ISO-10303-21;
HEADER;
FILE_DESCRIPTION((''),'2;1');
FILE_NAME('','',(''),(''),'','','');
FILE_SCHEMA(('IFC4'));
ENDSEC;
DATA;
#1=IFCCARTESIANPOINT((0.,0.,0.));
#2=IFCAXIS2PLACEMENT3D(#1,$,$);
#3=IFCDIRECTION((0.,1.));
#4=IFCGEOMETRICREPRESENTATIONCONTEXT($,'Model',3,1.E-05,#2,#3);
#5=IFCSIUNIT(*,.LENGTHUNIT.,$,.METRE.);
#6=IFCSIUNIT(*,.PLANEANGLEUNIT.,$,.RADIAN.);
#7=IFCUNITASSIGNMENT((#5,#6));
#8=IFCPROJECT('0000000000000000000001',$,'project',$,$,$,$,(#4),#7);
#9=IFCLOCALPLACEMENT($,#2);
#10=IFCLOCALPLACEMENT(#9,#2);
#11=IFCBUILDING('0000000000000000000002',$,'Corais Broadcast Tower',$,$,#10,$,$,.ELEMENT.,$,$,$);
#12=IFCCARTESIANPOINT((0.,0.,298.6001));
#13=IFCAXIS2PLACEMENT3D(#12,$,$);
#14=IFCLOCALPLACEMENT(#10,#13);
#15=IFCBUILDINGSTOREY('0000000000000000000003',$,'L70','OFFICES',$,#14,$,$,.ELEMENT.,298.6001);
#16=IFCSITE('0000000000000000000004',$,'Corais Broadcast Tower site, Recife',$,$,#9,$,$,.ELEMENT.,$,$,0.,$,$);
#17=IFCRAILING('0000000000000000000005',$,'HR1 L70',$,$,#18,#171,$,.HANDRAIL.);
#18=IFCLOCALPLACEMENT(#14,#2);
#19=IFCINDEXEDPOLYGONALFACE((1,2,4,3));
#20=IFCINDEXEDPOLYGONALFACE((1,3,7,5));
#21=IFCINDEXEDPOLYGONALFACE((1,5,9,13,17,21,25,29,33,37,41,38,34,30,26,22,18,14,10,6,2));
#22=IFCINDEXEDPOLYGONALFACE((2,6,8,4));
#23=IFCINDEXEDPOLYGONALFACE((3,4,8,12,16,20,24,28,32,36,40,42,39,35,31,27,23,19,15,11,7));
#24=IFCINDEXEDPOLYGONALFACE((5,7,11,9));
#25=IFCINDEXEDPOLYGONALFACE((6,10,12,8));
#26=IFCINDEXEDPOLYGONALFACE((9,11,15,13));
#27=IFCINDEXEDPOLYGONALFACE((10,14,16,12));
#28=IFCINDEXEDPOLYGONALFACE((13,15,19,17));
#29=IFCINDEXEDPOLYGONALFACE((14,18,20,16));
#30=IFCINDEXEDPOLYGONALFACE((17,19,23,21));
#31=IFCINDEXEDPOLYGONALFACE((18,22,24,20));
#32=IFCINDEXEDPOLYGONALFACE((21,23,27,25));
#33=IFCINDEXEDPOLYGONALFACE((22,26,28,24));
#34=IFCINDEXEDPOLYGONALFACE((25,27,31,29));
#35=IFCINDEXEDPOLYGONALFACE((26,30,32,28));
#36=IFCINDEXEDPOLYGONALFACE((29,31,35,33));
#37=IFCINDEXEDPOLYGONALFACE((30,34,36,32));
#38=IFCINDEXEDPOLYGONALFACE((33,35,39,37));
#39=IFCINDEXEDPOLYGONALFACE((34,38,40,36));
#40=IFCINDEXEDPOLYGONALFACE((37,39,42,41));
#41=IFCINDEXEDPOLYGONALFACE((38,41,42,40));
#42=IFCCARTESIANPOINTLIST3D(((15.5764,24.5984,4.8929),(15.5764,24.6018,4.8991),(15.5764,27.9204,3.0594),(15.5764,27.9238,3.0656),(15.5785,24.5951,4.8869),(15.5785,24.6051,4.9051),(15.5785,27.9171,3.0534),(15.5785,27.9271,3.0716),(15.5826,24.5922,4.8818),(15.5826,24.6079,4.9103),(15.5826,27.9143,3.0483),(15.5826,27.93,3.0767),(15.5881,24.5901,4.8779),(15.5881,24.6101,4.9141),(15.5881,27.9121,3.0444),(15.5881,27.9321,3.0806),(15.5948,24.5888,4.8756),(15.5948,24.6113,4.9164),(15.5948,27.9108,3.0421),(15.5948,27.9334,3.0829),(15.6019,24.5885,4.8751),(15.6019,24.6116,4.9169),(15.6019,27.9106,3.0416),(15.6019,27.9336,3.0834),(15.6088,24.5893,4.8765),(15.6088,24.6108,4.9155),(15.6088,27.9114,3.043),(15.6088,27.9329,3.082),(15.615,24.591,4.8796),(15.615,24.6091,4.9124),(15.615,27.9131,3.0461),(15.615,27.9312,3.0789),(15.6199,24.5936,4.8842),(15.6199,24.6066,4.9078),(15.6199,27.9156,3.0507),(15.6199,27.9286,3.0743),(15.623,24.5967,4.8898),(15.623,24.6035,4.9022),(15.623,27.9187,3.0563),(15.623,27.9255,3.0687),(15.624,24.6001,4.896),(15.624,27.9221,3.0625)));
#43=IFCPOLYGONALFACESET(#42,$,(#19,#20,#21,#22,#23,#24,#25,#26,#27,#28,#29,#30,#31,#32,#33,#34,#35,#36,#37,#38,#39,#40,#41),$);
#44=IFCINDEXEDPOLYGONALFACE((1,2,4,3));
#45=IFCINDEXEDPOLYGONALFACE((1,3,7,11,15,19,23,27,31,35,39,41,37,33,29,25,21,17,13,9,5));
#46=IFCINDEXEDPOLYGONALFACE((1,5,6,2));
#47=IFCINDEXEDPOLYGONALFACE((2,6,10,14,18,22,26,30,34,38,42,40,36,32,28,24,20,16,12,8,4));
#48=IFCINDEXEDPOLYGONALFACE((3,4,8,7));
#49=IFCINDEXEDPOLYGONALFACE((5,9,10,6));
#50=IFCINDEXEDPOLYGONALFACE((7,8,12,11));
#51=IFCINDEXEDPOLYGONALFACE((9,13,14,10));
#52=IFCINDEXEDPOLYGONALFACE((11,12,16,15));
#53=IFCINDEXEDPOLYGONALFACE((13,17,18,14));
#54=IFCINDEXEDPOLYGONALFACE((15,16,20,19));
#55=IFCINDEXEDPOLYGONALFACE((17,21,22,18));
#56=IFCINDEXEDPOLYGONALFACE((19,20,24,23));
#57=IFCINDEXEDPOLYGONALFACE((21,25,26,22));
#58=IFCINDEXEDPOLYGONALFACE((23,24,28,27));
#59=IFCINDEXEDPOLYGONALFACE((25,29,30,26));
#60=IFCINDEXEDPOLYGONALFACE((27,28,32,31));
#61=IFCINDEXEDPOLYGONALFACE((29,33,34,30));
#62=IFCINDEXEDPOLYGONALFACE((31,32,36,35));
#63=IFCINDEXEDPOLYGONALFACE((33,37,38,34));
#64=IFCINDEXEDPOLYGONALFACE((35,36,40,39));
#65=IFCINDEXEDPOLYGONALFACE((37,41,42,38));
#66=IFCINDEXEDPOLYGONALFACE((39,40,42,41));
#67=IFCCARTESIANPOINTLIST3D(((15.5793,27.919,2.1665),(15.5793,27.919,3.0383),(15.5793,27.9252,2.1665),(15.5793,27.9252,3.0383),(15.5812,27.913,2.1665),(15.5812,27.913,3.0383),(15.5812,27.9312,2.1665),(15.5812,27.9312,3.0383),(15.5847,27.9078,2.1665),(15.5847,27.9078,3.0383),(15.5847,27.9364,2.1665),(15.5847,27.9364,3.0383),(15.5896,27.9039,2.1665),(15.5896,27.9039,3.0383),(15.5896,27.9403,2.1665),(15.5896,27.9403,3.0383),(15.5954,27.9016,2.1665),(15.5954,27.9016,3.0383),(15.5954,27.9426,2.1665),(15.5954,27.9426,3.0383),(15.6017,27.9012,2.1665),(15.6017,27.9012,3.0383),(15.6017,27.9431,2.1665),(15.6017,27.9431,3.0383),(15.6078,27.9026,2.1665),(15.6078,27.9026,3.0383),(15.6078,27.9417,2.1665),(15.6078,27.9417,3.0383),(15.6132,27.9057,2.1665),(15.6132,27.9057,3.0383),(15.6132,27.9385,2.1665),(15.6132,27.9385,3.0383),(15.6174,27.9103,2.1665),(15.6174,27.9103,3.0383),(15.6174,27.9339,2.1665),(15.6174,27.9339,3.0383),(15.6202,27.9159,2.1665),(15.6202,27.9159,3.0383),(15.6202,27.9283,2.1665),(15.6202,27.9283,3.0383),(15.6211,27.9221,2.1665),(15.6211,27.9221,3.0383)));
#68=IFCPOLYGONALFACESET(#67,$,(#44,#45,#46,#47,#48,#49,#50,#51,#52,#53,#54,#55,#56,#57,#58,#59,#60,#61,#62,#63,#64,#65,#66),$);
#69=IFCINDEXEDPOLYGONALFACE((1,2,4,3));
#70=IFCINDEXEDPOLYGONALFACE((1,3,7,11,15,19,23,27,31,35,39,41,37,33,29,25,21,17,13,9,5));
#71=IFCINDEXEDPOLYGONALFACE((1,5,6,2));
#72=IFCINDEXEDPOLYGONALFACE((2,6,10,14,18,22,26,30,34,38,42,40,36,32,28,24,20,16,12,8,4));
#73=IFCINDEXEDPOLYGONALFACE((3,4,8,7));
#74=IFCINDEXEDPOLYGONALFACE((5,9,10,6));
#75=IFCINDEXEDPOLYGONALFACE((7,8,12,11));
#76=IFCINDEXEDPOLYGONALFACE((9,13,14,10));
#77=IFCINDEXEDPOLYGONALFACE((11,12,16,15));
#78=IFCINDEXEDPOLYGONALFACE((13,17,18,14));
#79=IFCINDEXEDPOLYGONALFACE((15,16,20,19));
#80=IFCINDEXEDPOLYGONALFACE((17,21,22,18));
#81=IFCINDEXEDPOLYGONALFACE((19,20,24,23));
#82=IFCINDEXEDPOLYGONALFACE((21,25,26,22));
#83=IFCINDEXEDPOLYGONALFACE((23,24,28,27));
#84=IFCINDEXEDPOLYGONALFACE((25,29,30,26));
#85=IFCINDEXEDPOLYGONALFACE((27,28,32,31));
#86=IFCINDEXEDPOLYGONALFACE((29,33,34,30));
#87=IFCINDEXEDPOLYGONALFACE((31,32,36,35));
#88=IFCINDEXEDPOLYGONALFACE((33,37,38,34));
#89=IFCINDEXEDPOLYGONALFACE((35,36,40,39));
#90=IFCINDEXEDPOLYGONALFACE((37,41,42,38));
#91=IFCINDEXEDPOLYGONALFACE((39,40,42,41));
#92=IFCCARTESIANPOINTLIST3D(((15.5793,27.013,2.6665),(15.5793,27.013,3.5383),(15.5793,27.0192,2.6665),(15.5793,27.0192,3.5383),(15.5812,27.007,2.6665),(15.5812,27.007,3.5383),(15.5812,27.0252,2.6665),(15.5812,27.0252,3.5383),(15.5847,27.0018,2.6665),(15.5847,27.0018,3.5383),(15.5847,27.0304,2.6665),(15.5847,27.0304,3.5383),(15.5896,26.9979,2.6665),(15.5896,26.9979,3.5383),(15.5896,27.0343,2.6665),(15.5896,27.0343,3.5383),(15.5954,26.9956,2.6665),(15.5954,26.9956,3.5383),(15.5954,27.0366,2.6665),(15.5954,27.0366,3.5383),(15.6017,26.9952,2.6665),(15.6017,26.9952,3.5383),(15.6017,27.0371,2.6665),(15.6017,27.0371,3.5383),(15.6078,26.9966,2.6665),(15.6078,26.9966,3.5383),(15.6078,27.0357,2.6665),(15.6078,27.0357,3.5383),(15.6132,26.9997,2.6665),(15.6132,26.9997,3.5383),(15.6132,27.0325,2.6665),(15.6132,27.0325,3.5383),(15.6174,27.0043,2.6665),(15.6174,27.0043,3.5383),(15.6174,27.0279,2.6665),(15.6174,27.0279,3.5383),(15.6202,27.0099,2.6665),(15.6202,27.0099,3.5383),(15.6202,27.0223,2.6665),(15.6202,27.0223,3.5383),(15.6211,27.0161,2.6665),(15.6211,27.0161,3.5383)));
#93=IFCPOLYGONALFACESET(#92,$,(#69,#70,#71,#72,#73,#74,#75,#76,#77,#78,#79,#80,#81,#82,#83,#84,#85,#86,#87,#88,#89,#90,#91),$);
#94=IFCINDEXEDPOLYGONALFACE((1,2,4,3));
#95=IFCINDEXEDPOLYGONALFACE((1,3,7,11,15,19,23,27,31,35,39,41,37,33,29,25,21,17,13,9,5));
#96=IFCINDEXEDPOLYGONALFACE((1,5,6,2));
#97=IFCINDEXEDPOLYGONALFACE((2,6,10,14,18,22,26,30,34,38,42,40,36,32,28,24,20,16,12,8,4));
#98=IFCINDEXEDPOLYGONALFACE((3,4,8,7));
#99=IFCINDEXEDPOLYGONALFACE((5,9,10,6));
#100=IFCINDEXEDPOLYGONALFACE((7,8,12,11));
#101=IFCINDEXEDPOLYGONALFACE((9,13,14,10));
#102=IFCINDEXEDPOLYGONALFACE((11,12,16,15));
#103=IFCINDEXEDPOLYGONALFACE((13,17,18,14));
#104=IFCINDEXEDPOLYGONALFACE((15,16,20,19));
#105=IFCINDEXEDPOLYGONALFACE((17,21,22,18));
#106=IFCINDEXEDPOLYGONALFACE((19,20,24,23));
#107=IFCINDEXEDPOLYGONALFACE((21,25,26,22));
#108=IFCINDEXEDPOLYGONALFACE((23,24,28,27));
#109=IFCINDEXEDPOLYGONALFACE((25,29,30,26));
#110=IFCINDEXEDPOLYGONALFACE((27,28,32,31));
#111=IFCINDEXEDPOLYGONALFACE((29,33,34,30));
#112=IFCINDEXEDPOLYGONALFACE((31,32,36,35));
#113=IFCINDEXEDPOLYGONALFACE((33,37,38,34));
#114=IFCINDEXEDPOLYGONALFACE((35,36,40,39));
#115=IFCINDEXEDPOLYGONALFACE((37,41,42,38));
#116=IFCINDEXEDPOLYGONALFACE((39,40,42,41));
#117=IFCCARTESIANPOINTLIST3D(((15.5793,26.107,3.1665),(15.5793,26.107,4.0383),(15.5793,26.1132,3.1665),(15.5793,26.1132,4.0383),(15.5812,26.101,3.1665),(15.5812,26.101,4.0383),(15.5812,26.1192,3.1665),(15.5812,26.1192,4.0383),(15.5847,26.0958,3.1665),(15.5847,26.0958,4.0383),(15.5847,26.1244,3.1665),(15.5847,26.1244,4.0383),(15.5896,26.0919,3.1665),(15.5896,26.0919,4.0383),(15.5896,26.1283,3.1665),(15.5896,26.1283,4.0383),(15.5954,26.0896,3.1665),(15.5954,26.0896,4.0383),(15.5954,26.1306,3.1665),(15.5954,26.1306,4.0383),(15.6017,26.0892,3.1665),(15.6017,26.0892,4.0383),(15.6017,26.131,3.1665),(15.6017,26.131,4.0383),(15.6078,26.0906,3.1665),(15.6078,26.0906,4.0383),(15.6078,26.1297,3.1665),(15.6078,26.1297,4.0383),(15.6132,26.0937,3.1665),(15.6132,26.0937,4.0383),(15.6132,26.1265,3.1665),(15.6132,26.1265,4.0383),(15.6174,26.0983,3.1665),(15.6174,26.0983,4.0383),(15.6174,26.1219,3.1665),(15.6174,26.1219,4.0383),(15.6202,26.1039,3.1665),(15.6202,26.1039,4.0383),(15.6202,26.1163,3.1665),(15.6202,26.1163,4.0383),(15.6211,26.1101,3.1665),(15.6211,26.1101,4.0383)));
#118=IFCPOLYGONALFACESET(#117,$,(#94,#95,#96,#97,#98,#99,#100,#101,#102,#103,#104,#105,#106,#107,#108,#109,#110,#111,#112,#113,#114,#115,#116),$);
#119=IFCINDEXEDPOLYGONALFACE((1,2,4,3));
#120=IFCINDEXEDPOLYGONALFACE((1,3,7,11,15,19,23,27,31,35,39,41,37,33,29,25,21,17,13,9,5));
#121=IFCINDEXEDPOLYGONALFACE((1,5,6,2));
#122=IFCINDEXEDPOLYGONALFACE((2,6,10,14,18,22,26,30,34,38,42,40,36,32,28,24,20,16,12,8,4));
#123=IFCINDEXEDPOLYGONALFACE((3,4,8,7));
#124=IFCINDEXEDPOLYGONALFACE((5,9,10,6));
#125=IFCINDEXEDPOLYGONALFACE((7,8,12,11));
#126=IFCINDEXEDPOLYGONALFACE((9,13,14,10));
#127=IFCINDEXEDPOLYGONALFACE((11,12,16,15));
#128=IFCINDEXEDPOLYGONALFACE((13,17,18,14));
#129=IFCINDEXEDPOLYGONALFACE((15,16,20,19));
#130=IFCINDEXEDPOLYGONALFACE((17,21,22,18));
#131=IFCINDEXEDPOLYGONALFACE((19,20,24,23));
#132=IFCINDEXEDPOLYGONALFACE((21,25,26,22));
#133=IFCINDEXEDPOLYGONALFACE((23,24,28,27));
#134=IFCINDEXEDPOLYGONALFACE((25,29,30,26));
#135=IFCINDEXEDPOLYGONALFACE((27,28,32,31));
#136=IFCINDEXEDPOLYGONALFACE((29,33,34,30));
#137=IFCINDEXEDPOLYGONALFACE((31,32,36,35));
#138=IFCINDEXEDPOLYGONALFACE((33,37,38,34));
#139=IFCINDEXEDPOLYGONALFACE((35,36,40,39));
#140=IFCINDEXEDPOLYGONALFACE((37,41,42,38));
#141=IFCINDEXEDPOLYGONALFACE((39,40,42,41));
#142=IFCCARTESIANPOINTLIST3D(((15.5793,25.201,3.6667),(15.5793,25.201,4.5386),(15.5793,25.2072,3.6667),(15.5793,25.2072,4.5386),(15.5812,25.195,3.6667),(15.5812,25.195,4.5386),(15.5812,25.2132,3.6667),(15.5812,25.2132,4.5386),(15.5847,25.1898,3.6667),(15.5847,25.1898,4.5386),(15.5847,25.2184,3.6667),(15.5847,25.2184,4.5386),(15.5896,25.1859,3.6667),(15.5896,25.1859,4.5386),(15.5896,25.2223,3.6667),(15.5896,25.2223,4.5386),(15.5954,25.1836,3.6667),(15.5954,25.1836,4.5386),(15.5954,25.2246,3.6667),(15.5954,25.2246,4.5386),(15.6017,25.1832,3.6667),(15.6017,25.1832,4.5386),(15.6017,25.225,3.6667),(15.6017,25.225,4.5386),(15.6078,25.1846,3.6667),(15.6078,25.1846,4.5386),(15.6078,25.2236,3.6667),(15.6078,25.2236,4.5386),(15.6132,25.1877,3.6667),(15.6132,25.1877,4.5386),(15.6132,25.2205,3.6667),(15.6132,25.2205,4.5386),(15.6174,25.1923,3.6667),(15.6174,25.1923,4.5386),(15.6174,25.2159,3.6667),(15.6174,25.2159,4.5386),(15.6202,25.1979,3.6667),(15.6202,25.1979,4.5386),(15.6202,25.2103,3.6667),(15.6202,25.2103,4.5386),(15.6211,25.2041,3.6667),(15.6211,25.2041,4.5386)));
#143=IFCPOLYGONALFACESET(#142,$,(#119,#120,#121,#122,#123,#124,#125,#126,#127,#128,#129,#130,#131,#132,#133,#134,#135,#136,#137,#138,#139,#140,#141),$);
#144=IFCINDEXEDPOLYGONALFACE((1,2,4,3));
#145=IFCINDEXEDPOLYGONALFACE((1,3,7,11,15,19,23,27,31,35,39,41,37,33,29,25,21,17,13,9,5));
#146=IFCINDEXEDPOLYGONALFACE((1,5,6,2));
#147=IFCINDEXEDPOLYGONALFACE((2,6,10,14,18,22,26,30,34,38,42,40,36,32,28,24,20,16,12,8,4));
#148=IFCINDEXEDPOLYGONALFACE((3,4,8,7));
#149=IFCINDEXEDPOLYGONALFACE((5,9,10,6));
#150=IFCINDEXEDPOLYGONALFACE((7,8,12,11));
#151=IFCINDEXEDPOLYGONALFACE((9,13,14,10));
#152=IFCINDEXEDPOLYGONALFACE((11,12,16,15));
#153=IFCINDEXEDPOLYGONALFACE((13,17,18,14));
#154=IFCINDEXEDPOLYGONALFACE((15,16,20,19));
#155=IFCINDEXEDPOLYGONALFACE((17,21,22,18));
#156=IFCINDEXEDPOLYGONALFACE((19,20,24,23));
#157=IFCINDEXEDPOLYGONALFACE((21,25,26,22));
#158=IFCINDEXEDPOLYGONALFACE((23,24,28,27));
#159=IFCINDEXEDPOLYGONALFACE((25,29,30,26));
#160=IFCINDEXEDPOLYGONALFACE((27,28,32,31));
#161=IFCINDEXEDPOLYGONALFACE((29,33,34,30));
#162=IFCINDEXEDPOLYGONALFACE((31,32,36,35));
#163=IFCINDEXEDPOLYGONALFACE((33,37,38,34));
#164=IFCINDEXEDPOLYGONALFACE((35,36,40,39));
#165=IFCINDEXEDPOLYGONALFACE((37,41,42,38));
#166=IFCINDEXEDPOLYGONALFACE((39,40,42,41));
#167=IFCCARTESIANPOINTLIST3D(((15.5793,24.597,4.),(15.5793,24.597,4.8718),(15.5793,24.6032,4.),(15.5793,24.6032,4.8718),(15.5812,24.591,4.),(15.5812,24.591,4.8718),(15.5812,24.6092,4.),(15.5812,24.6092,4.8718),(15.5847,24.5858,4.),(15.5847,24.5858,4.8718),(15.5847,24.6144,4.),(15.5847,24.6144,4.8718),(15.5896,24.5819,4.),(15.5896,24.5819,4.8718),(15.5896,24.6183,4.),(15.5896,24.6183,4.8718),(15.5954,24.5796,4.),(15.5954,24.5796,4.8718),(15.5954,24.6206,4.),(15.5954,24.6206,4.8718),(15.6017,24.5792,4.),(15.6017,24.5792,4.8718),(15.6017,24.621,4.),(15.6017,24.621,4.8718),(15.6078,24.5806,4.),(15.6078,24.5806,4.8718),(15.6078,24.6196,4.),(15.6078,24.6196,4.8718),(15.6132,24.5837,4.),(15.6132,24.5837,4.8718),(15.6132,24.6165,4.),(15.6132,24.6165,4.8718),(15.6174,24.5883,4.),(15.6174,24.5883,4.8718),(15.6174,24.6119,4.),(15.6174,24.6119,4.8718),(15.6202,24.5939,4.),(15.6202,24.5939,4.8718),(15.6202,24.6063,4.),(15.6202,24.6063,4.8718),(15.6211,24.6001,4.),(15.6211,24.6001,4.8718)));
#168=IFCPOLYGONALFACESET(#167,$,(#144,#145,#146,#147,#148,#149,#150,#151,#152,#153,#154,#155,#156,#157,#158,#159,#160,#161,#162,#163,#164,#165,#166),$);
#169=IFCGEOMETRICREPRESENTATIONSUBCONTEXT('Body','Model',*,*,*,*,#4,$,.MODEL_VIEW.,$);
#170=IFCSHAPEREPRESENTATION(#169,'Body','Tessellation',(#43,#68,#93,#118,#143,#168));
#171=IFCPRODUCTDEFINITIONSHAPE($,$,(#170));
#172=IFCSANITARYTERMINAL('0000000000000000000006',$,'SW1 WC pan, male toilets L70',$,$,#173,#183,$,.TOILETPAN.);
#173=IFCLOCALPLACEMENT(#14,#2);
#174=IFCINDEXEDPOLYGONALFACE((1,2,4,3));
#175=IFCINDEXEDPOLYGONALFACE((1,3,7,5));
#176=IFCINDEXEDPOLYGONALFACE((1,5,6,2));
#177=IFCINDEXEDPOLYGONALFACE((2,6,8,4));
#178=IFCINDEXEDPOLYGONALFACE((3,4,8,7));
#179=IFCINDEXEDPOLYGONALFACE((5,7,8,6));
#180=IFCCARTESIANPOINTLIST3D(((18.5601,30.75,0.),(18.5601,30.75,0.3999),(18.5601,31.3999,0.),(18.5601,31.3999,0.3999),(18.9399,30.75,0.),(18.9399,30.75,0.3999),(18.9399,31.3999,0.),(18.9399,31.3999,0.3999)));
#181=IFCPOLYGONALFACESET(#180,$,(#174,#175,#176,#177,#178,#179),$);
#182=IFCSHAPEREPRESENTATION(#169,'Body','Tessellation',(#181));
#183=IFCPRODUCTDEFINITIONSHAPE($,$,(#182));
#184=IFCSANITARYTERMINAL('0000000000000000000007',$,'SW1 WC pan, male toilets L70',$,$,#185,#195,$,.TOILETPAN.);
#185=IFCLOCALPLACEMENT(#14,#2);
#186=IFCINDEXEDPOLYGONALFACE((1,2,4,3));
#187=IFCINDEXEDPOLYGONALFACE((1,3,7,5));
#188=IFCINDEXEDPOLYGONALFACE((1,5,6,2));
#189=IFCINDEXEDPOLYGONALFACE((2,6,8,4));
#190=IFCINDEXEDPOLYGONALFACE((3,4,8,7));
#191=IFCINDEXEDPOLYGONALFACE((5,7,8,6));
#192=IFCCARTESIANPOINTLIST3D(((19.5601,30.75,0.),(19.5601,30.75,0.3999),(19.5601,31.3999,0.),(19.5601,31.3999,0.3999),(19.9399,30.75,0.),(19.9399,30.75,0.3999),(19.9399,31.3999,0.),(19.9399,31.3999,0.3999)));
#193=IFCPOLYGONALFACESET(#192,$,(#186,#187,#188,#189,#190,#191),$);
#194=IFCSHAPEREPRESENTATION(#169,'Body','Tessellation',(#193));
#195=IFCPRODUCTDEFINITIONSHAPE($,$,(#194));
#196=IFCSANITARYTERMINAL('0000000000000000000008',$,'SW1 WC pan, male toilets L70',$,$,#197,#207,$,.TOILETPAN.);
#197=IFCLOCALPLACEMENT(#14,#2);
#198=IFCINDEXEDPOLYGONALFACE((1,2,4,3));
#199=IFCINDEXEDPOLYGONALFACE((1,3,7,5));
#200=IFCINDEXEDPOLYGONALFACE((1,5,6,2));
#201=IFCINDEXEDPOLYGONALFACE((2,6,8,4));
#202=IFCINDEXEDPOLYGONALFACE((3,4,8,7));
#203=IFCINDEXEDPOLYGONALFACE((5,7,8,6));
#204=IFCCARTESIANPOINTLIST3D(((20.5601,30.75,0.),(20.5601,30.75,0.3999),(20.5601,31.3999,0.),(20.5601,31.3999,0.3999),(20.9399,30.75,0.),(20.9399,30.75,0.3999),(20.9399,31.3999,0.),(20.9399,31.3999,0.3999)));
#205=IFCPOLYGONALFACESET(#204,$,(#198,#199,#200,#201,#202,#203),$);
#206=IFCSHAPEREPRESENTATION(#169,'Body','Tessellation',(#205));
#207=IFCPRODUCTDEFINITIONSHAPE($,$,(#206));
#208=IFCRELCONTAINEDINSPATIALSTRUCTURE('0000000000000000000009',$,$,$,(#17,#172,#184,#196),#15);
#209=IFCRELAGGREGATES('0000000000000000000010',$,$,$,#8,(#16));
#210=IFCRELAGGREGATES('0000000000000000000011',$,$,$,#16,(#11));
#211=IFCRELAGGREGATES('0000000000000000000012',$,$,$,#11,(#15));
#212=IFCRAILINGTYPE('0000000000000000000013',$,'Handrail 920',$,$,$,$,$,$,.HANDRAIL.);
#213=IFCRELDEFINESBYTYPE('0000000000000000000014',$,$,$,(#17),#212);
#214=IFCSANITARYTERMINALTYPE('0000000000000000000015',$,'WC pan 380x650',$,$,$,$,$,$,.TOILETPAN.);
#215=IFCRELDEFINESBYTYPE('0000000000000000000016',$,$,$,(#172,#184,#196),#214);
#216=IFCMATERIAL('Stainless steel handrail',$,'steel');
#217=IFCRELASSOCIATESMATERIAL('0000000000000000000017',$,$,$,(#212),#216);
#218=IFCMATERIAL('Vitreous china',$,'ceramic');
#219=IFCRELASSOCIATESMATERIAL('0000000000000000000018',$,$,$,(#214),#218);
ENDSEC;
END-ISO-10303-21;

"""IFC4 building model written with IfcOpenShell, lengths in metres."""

from ifc_helpers import new_model, si_unit, direction, frame, origin, origin_2d, place, context, subcontext, project, spatial, rectangle, circle, extrude, material, type_object, element, save


model = new_model("IFC4")

# Units and contexts
model_context = context("Model", 3, precision=1e-05, world=origin(), true_north=direction((0.0, 1.0)))
body_context = subcontext(model_context, "Body", "Model", "MODEL_VIEW")
ifc_project = project(units=[si_unit("LENGTHUNIT", "METRE"), si_unit("PLANEANGLEUNIT", "RADIAN")], contexts=[model_context])

# Site, building, storey
site_placement = place(None, origin())
site = spatial("IfcSite", under=ifc_project, at=site_placement, Name="Corais Broadcast Tower site, Recife", CompositionType="ELEMENT", RefElevation=0.0)
building_placement = place(site_placement, origin())
building = spatial("IfcBuilding", under=site, at=building_placement, Name="Corais Broadcast Tower", CompositionType="ELEMENT")
storey_placement = place(building_placement, frame((0.0, 0.0, 298.6001)))
storey = spatial("IfcBuildingStorey", under=building, at=storey_placement, Name="L70", Description="OFFICES", CompositionType="ELEMENT", Elevation=298.6001)

# Railing
ifc_material_1 = material(Name="Stainless steel handrail", Category="steel")
railing_type = type_object("IfcRailingType", Name="Handrail 920", PredefinedType="HANDRAIL", material=ifc_material_1)
for number, where, name in (
    (1, (15.6001, 27.9221, 2.1665), "HR1 L70"),
):
    element("IfcRailing", number, at=place(storey_placement, frame(where)), inside=storey, type_object=railing_type, Name=name, PredefinedType="HANDRAIL", context=body_context, shape_type="SweptSolid", body=[
        extrude(circle(Radius=0.0239, at=origin_2d()), frame((0.0, 0.0, 0.896), z_axis=(0.0, -0.875504, 0.48321), x_axis=(1.0, 0.0, 0.0)), (0.0, 0.0, 1.0), 3.7944),
        extrude(circle(Radius=0.021, at=origin_2d()), origin(), (0.0, 0.0, 1.0), 0.8718),
        extrude(circle(Radius=0.021, at=origin_2d()), frame((0.0, -0.906, 0.5)), (0.0, 0.0, 1.0), 0.8718),
        extrude(circle(Radius=0.021, at=origin_2d()), frame((0.0, -1.812, 1.0)), (0.0, 0.0, 1.0), 0.8718),
        extrude(circle(Radius=0.021, at=origin_2d()), frame((0.0, -2.718, 1.5002)), (0.0, 0.0, 1.0), 0.8718),
        extrude(circle(Radius=0.021, at=origin_2d()), frame((0.0, -3.322, 1.8335)), (0.0, 0.0, 1.0), 0.8718),
    ])

# Sanitary terminals
ifc_material_2 = material(Name="Vitreous china", Category="ceramic")
sanitary_terminal_type_1 = type_object("IfcSanitaryTerminalType", Name="WC pan 380x650", PredefinedType="TOILETPAN", material=ifc_material_2)
for number, where, z_axis, x_axis, name in (
    (2, (18.75, 31.075, 0.0), (0.0, 0.0, 1.0), (1.0, 0.0, 0.0), "SW1 WC pan, male toilets L70"),
    (3, (19.75, 31.075, 0.0), (0.0, 0.0, 1.0), (1.0, 0.0, 0.0), "SW1 WC pan, male toilets L70"),
    (4, (20.75, 31.075, 0.0), (0.0, 0.0, 1.0), (1.0, 0.0, 0.0), "SW1 WC pan, male toilets L70"),
):
    element("IfcSanitaryTerminal", number, at=place(storey_placement, frame(where, z_axis=z_axis, x_axis=x_axis)), inside=storey, type_object=sanitary_terminal_type_1, Name=name, PredefinedType="TOILETPAN", context=body_context, shape_type="SweptSolid", body=[
        extrude(rectangle(XDim=0.3799, YDim=0.6499, at=origin_2d()), origin(), (0.0, 0.0, 1.0), 0.3999),
    ])

save(model, "model.ifc")
